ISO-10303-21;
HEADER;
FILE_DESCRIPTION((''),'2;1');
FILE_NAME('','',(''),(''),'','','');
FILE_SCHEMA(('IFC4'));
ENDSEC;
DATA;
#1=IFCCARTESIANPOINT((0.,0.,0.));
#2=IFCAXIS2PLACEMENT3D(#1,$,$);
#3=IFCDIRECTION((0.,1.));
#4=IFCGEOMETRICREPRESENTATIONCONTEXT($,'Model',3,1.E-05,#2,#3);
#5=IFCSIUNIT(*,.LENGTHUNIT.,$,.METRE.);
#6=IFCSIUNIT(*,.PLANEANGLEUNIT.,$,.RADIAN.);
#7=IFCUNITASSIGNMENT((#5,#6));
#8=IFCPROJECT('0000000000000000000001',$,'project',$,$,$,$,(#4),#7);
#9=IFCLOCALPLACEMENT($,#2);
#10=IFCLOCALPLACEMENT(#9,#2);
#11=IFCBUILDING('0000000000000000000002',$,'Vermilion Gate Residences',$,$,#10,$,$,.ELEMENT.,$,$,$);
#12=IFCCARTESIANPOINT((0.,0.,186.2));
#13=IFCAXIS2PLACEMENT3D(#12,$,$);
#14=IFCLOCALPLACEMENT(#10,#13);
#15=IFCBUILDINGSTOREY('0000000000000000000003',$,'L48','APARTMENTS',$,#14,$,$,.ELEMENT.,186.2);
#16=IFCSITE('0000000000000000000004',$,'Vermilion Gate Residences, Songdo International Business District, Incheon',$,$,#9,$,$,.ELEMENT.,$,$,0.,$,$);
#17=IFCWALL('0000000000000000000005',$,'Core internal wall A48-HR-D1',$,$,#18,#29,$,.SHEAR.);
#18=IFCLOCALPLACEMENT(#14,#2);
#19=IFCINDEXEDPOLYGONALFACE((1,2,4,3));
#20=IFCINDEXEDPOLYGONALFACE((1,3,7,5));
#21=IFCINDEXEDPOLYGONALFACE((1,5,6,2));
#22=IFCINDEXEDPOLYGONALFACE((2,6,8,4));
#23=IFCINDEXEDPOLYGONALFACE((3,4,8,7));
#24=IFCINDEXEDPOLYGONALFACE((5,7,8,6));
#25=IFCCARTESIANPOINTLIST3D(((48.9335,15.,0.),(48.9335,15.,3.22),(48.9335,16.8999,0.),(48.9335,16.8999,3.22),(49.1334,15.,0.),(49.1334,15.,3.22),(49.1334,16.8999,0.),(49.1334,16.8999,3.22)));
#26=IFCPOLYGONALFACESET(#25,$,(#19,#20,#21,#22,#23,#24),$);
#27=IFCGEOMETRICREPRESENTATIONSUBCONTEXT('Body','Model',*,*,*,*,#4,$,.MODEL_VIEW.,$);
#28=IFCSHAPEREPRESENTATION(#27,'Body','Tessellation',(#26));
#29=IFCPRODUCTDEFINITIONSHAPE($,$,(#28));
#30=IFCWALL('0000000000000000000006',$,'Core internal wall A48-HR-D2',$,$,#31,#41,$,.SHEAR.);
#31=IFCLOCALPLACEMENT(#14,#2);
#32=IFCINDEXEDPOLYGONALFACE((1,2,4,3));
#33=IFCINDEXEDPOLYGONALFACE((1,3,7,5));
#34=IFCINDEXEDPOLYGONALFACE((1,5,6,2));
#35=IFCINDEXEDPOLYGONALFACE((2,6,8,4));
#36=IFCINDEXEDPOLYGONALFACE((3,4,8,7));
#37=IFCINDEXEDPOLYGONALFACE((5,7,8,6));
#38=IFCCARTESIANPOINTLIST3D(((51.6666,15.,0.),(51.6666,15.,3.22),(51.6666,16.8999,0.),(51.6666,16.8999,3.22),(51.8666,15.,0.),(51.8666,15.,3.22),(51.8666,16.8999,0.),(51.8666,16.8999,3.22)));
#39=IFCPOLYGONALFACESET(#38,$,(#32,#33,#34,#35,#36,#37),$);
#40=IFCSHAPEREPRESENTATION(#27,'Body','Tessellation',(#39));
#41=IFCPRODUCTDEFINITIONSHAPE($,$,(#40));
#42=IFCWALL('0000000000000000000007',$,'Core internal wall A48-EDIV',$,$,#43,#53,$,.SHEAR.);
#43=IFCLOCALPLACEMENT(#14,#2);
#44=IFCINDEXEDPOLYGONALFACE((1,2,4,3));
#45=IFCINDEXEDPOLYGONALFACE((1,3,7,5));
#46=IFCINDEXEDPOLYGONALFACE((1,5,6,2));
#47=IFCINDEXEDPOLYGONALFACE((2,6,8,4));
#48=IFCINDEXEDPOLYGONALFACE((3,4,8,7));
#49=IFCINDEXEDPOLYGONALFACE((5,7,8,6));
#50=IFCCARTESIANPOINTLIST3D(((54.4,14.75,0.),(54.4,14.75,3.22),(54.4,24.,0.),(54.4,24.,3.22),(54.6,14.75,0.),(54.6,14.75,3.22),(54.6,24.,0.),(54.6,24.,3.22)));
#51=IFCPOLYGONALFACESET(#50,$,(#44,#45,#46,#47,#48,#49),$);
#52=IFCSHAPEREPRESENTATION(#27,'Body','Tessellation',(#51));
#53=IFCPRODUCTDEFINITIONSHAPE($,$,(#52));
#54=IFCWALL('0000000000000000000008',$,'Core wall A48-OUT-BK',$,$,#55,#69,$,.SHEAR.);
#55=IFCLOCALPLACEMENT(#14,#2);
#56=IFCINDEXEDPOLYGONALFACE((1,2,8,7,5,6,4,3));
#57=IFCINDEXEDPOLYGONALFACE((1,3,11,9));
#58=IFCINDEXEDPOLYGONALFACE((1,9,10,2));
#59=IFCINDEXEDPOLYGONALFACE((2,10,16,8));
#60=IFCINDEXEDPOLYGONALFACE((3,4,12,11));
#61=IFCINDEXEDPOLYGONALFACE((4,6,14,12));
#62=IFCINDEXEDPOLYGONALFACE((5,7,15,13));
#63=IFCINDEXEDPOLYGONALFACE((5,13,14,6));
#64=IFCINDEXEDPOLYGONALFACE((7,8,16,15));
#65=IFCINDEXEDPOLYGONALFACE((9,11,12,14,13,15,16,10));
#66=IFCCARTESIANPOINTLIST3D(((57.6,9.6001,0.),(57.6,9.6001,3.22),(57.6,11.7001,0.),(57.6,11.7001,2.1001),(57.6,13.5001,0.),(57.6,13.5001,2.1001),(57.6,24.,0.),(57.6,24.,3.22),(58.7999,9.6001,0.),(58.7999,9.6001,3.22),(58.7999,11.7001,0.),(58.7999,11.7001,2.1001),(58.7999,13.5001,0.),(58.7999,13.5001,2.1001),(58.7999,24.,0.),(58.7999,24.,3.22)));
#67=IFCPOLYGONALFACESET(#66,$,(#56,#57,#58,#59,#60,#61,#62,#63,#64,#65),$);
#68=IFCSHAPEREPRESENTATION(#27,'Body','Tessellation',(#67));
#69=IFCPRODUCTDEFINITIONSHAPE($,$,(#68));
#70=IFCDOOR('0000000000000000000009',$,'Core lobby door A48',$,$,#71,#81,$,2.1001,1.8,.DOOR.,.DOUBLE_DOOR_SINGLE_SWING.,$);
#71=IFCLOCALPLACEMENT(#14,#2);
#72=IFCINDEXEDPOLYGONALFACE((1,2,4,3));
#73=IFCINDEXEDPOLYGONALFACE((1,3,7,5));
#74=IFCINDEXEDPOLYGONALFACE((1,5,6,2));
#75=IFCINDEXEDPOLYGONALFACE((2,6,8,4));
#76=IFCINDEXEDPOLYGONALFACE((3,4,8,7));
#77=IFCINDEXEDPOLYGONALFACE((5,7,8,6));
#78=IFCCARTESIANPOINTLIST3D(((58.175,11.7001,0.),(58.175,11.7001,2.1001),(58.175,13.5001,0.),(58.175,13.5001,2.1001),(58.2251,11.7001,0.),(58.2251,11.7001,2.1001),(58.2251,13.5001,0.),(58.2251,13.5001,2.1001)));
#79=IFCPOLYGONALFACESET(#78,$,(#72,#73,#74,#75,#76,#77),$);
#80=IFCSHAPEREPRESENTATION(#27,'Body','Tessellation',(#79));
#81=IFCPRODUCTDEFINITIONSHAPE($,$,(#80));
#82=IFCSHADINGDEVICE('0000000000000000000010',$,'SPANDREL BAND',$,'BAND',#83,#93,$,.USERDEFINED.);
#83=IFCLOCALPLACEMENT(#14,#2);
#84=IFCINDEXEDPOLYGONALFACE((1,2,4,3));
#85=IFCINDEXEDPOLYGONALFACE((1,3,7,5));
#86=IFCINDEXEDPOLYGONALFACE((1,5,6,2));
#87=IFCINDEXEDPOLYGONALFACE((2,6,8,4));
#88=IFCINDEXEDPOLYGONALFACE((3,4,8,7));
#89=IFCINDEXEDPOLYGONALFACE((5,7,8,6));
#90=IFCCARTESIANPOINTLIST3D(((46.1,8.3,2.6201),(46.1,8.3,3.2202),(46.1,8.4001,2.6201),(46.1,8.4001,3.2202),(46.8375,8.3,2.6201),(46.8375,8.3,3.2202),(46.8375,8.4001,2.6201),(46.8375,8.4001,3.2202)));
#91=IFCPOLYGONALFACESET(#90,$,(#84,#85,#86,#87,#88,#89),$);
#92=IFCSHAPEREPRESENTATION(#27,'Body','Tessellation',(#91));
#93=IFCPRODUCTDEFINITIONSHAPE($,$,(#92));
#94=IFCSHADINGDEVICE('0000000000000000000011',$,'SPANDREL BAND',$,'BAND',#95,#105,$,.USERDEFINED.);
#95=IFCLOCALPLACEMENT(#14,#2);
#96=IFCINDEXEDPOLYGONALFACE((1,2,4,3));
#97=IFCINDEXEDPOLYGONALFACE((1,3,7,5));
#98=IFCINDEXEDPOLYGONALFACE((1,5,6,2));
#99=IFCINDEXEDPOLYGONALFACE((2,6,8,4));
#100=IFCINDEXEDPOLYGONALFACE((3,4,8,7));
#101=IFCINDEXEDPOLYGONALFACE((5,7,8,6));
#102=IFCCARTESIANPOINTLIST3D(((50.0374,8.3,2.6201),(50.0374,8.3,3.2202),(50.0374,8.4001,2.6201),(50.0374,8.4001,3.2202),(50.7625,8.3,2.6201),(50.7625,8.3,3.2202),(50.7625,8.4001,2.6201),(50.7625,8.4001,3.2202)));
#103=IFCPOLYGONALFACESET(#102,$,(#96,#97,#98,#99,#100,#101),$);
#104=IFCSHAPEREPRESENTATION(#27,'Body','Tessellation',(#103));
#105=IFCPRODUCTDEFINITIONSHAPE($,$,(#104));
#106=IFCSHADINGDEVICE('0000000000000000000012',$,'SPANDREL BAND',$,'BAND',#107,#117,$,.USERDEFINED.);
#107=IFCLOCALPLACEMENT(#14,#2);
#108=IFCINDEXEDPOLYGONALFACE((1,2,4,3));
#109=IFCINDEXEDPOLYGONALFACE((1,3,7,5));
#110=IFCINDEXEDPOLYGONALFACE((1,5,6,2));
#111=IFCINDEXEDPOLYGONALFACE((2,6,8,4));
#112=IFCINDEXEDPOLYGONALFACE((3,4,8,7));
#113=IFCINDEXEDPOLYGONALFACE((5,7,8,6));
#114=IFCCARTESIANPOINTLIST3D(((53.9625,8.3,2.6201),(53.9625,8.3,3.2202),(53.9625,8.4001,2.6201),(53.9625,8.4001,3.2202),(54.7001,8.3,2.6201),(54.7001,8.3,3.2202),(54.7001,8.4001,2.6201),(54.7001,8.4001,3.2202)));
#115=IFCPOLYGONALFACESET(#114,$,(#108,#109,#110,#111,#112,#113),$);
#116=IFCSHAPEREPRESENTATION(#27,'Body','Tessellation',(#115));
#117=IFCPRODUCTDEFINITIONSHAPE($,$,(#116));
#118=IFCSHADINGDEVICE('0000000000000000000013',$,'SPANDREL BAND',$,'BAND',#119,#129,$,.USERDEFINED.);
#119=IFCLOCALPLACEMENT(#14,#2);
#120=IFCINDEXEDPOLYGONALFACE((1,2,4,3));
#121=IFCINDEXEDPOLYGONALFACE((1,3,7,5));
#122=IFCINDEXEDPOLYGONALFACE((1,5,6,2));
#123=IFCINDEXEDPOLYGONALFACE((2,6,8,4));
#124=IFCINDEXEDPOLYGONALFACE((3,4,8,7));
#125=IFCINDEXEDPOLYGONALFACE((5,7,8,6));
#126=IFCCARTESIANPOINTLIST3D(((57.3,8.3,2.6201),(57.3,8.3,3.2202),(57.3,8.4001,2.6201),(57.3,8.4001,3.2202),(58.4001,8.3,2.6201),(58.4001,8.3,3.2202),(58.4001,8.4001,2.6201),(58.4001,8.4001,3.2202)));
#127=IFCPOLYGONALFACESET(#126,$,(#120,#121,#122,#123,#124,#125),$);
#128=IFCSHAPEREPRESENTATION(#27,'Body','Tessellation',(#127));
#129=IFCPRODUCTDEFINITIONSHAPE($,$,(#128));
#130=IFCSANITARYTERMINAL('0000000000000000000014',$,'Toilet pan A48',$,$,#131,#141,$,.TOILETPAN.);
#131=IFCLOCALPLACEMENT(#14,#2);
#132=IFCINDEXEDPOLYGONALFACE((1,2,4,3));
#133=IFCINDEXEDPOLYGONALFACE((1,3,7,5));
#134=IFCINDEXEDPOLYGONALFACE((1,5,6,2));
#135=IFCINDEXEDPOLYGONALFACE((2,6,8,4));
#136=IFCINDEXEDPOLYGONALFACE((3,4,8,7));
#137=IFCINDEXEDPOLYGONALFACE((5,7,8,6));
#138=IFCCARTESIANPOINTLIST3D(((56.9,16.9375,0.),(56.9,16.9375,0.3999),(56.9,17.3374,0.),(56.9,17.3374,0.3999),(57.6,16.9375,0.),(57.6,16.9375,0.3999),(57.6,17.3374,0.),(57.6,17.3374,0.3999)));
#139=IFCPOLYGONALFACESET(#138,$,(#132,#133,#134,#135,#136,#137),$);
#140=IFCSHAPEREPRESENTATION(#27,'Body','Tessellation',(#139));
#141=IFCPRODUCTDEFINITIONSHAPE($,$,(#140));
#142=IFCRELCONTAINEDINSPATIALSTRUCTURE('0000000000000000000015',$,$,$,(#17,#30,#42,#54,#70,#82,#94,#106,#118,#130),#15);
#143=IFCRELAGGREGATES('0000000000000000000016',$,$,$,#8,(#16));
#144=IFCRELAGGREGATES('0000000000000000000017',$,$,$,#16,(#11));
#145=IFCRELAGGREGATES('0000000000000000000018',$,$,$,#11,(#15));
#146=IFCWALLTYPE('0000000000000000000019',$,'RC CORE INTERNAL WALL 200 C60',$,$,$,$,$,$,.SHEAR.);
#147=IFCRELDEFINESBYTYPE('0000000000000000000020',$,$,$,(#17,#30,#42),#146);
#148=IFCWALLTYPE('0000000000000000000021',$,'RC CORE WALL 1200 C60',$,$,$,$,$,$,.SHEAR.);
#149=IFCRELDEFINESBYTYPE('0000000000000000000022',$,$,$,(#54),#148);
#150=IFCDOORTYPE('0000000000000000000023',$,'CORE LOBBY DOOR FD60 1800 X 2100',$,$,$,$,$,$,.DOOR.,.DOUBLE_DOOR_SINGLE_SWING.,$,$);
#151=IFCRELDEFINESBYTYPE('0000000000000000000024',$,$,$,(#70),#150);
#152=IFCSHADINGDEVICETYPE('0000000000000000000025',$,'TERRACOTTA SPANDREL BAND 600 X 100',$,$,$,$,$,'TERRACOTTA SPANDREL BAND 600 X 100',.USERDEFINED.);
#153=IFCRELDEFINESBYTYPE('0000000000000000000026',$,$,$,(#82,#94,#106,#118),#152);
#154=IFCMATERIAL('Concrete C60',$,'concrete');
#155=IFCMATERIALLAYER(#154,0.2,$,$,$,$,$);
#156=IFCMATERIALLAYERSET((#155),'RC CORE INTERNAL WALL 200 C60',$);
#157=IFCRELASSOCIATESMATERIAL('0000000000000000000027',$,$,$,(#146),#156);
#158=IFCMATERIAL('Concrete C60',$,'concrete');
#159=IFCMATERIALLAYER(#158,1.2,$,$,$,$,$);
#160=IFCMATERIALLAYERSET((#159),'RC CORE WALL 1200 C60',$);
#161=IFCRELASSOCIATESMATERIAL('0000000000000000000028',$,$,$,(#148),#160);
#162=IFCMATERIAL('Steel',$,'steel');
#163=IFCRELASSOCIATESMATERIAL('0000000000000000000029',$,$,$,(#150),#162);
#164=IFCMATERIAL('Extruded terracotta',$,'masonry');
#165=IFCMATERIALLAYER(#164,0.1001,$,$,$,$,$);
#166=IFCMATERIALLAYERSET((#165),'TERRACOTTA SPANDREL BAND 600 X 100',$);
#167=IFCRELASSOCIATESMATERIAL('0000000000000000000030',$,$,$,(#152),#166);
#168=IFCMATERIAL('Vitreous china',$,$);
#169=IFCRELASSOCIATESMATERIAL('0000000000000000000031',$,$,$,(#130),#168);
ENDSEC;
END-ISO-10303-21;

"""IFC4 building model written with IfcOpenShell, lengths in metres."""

from ifc_helpers import new_model, si_unit, direction, frame, frame_2d, origin, origin_2d, place, context, subcontext, project, spatial, rectangle, extrude, material, layer, layer_set, type_object, element, fill, save


model = new_model("IFC4")

# Units and contexts
model_context = context("Model", 3, precision=1e-05, world=origin(), true_north=direction((0.0, 1.0)))
body_context = subcontext(model_context, "Body", "Model", "MODEL_VIEW")
ifc_project = project(units=[si_unit("LENGTHUNIT", "METRE"), si_unit("PLANEANGLEUNIT", "RADIAN")], contexts=[model_context])

# Site, building, storey
site_placement = place(None, origin())
site = spatial("IfcSite", under=ifc_project, at=site_placement, Name="Vermilion Gate Residences, Songdo International Business District, Incheon", CompositionType="ELEMENT", RefElevation=0.0)
building_placement = place(site_placement, origin())
building = spatial("IfcBuilding", under=site, at=building_placement, Name="Vermilion Gate Residences", CompositionType="ELEMENT")
storey_placement = place(building_placement, frame((0.0, 0.0, 186.2)))
storey = spatial("IfcBuildingStorey", under=building, at=storey_placement, Name="L48", Description="APARTMENTS", CompositionType="ELEMENT", Elevation=186.2)

# Walls
ifc_material_1 = material(Name="Concrete C60", Category="concrete")
ifc_layer_1 = layer(ifc_material_1, 0.2)
ifc_layer_set_1 = layer_set([ifc_layer_1], Name="RC CORE INTERNAL WALL 200 C60")
wall_type_1 = type_object("IfcWallType", Name="RC CORE INTERNAL WALL 200 C60", PredefinedType="SHEAR", material=ifc_layer_set_1)
for number, where, z_axis, x_axis, name in (
    (1, (49.0334, 15.0, 0.0), (0.0, 0.0, 1.0), (0.0, 1.0, 0.0), "Core internal wall A48-HR-D1"),
    (2, (51.7666, 15.0, 0.0), (0.0, 0.0, 1.0), (0.0, 1.0, 0.0), "Core internal wall A48-HR-D2"),
):
    element("IfcWall", number, at=place(storey_placement, frame(where, z_axis=z_axis, x_axis=x_axis)), inside=storey, type_object=wall_type_1, Name=name, PredefinedType="SHEAR", context=body_context, shape_type="SweptSolid", body=[
        extrude(rectangle(XDim=1.8999, YDim=0.2, at=frame_2d((0.95, 0.0))), origin(), (0.0, 0.0, 1.0), 3.22),
    ])
wall_1_placement = place(storey_placement, frame((54.5, 14.75, 0.0), z_axis=(0.0, 0.0, 1.0), x_axis=(0.0, 1.0, 0.0)))
element("IfcWall", 3, at=wall_1_placement, inside=storey, type_object=wall_type_1, Name="Core internal wall A48-EDIV", PredefinedType="SHEAR", context=body_context, shape_type="SweptSolid", body=[
    extrude(rectangle(XDim=9.25, YDim=0.2, at=frame_2d((4.625, 0.0))), origin(), (0.0, 0.0, 1.0), 3.22),
])

# Wall, opening, door
ifc_material_2 = material(Name="Concrete C60", Category="concrete")
ifc_layer_2 = layer(ifc_material_2, 1.2)
ifc_layer_set_2 = layer_set([ifc_layer_2], Name="RC CORE WALL 1200 C60")
wall_type_2 = type_object("IfcWallType", Name="RC CORE WALL 1200 C60", PredefinedType="SHEAR", material=ifc_layer_set_2)
wall_2_placement = place(storey_placement, frame((58.2, 9.6001, 0.0), z_axis=(0.0, 0.0, 1.0), x_axis=(0.0, 1.0, 0.0)))
wall_2 = element("IfcWall", 4, at=wall_2_placement, inside=storey, type_object=wall_type_2, Name="Core wall A48-OUT-BK", PredefinedType="SHEAR", context=body_context, shape_type="SweptSolid", body=[
    extrude(rectangle(XDim=14.3999, YDim=1.2, at=frame_2d((7.2, 0.0))), origin(), (0.0, 0.0, 1.0), 3.22),
])
opening_1_placement = place(wall_2_placement, frame((2.1001, 0.0, 0.0)))
opening_1 = element("IfcOpeningElement", 5, at=opening_1_placement, cuts=wall_2, PredefinedType="OPENING", context=body_context, shape_type="SweptSolid", body=[
    extrude(rectangle(XDim=1.8, YDim=2.1001, at=frame_2d((0.8999, 1.05))), frame((0.0, 0.6099, 0.0), z_axis=(0.0, -1.0, 0.0), x_axis=(1.0, 0.0, 0.0)), (0.0, 0.0, 1.0), 1.22),
])
ifc_material_3 = material(Name="Steel", Category="steel")
door_type_1 = type_object("IfcDoorType", Name="CORE LOBBY DOOR FD60 1800 X 2100", OperationType="DOUBLE_DOOR_SINGLE_SWING", PredefinedType="DOOR", material=ifc_material_3)
door_1_placement = place(opening_1_placement, origin())
door_1 = element("IfcDoor", 6, at=door_1_placement, inside=storey, type_object=door_type_1, Name="Core lobby door A48", OperationType="DOUBLE_DOOR_SINGLE_SWING", OverallHeight=2.1001, OverallWidth=1.8, PredefinedType="DOOR", context=body_context, shape_type="SweptSolid", body=[
    extrude(rectangle(XDim=1.8, YDim=2.1001, at=frame_2d((0.8999, 1.05))), frame((0.0, 0.0249, 0.0), z_axis=(0.0, -1.0, 0.0), x_axis=(1.0, 0.0, 0.0)), (0.0, 0.0, 1.0), 0.05),
])
fill(opening_1, door_1)

# Shading devices
ifc_material_4 = material(Name="Extruded terracotta", Category="masonry")
ifc_layer_3 = layer(ifc_material_4, 0.1001)
ifc_layer_set_3 = layer_set([ifc_layer_3], Name="TERRACOTTA SPANDREL BAND 600 X 100")
shading_device_type = type_object("IfcShadingDeviceType", Name="TERRACOTTA SPANDREL BAND 600 X 100", ElementType="TERRACOTTA SPANDREL BAND 600 X 100", PredefinedType="USERDEFINED", material=ifc_layer_set_3)
shading_device_1_placement = place(storey_placement, frame((46.4688, 8.3501, 2.6201), z_axis=(0.0, 0.0, 1.0), x_axis=(1.0, 0.0, 0.0)))
element("IfcShadingDevice", 7, at=shading_device_1_placement, inside=storey, type_object=shading_device_type, Name="SPANDREL BAND", ObjectType="BAND", PredefinedType="USERDEFINED", context=body_context, shape_type="SweptSolid", body=[
    extrude(rectangle(XDim=0.7375, YDim=0.1001, at=origin_2d()), origin(), (0.0, 0.0, 1.0), 0.6001),
])
shading_device_2_placement = place(storey_placement, frame((50.3999, 8.3501, 2.6201), z_axis=(0.0, 0.0, 1.0), x_axis=(1.0, 0.0, 0.0)))
element("IfcShadingDevice", 8, at=shading_device_2_placement, inside=storey, type_object=shading_device_type, Name="SPANDREL BAND", ObjectType="BAND", PredefinedType="USERDEFINED", context=body_context, shape_type="SweptSolid", body=[
    extrude(rectangle(XDim=0.7251, YDim=0.1001, at=origin_2d()), origin(), (0.0, 0.0, 1.0), 0.6001),
])
shading_device_3_placement = place(storey_placement, frame((54.3313, 8.3501, 2.6201), z_axis=(0.0, 0.0, 1.0), x_axis=(1.0, 0.0, 0.0)))
element("IfcShadingDevice", 9, at=shading_device_3_placement, inside=storey, type_object=shading_device_type, Name="SPANDREL BAND", ObjectType="BAND", PredefinedType="USERDEFINED", context=body_context, shape_type="SweptSolid", body=[
    extrude(rectangle(XDim=0.7375, YDim=0.1001, at=origin_2d()), origin(), (0.0, 0.0, 1.0), 0.6001),
])
shading_device_4_placement = place(storey_placement, frame((57.8501, 8.3501, 2.6201), z_axis=(0.0, 0.0, 1.0), x_axis=(1.0, 0.0, 0.0)))
element("IfcShadingDevice", 10, at=shading_device_4_placement, inside=storey, type_object=shading_device_type, Name="SPANDREL BAND", ObjectType="BAND", PredefinedType="USERDEFINED", context=body_context, shape_type="SweptSolid", body=[
    extrude(rectangle(XDim=1.1001, YDim=0.1001, at=origin_2d()), origin(), (0.0, 0.0, 1.0), 0.6001),
])

# Sanitary terminal
ifc_material_5 = material(Name="Vitreous china")
sanitary_terminal_placement = place(storey_placement, frame((57.25, 17.1375, 0.0), z_axis=(0.0, 0.0, 1.0), x_axis=(1.0, 0.0, 0.0)))
element("IfcSanitaryTerminal", 11, at=sanitary_terminal_placement, inside=storey, material=ifc_material_5, Name="Toilet pan A48", PredefinedType="TOILETPAN", context=body_context, shape_type="SweptSolid", body=[
    extrude(rectangle(XDim=0.7, YDim=0.3999, at=origin_2d()), origin(), (0.0, 0.0, 1.0), 0.3999),
])

save(model, "model.ifc")
